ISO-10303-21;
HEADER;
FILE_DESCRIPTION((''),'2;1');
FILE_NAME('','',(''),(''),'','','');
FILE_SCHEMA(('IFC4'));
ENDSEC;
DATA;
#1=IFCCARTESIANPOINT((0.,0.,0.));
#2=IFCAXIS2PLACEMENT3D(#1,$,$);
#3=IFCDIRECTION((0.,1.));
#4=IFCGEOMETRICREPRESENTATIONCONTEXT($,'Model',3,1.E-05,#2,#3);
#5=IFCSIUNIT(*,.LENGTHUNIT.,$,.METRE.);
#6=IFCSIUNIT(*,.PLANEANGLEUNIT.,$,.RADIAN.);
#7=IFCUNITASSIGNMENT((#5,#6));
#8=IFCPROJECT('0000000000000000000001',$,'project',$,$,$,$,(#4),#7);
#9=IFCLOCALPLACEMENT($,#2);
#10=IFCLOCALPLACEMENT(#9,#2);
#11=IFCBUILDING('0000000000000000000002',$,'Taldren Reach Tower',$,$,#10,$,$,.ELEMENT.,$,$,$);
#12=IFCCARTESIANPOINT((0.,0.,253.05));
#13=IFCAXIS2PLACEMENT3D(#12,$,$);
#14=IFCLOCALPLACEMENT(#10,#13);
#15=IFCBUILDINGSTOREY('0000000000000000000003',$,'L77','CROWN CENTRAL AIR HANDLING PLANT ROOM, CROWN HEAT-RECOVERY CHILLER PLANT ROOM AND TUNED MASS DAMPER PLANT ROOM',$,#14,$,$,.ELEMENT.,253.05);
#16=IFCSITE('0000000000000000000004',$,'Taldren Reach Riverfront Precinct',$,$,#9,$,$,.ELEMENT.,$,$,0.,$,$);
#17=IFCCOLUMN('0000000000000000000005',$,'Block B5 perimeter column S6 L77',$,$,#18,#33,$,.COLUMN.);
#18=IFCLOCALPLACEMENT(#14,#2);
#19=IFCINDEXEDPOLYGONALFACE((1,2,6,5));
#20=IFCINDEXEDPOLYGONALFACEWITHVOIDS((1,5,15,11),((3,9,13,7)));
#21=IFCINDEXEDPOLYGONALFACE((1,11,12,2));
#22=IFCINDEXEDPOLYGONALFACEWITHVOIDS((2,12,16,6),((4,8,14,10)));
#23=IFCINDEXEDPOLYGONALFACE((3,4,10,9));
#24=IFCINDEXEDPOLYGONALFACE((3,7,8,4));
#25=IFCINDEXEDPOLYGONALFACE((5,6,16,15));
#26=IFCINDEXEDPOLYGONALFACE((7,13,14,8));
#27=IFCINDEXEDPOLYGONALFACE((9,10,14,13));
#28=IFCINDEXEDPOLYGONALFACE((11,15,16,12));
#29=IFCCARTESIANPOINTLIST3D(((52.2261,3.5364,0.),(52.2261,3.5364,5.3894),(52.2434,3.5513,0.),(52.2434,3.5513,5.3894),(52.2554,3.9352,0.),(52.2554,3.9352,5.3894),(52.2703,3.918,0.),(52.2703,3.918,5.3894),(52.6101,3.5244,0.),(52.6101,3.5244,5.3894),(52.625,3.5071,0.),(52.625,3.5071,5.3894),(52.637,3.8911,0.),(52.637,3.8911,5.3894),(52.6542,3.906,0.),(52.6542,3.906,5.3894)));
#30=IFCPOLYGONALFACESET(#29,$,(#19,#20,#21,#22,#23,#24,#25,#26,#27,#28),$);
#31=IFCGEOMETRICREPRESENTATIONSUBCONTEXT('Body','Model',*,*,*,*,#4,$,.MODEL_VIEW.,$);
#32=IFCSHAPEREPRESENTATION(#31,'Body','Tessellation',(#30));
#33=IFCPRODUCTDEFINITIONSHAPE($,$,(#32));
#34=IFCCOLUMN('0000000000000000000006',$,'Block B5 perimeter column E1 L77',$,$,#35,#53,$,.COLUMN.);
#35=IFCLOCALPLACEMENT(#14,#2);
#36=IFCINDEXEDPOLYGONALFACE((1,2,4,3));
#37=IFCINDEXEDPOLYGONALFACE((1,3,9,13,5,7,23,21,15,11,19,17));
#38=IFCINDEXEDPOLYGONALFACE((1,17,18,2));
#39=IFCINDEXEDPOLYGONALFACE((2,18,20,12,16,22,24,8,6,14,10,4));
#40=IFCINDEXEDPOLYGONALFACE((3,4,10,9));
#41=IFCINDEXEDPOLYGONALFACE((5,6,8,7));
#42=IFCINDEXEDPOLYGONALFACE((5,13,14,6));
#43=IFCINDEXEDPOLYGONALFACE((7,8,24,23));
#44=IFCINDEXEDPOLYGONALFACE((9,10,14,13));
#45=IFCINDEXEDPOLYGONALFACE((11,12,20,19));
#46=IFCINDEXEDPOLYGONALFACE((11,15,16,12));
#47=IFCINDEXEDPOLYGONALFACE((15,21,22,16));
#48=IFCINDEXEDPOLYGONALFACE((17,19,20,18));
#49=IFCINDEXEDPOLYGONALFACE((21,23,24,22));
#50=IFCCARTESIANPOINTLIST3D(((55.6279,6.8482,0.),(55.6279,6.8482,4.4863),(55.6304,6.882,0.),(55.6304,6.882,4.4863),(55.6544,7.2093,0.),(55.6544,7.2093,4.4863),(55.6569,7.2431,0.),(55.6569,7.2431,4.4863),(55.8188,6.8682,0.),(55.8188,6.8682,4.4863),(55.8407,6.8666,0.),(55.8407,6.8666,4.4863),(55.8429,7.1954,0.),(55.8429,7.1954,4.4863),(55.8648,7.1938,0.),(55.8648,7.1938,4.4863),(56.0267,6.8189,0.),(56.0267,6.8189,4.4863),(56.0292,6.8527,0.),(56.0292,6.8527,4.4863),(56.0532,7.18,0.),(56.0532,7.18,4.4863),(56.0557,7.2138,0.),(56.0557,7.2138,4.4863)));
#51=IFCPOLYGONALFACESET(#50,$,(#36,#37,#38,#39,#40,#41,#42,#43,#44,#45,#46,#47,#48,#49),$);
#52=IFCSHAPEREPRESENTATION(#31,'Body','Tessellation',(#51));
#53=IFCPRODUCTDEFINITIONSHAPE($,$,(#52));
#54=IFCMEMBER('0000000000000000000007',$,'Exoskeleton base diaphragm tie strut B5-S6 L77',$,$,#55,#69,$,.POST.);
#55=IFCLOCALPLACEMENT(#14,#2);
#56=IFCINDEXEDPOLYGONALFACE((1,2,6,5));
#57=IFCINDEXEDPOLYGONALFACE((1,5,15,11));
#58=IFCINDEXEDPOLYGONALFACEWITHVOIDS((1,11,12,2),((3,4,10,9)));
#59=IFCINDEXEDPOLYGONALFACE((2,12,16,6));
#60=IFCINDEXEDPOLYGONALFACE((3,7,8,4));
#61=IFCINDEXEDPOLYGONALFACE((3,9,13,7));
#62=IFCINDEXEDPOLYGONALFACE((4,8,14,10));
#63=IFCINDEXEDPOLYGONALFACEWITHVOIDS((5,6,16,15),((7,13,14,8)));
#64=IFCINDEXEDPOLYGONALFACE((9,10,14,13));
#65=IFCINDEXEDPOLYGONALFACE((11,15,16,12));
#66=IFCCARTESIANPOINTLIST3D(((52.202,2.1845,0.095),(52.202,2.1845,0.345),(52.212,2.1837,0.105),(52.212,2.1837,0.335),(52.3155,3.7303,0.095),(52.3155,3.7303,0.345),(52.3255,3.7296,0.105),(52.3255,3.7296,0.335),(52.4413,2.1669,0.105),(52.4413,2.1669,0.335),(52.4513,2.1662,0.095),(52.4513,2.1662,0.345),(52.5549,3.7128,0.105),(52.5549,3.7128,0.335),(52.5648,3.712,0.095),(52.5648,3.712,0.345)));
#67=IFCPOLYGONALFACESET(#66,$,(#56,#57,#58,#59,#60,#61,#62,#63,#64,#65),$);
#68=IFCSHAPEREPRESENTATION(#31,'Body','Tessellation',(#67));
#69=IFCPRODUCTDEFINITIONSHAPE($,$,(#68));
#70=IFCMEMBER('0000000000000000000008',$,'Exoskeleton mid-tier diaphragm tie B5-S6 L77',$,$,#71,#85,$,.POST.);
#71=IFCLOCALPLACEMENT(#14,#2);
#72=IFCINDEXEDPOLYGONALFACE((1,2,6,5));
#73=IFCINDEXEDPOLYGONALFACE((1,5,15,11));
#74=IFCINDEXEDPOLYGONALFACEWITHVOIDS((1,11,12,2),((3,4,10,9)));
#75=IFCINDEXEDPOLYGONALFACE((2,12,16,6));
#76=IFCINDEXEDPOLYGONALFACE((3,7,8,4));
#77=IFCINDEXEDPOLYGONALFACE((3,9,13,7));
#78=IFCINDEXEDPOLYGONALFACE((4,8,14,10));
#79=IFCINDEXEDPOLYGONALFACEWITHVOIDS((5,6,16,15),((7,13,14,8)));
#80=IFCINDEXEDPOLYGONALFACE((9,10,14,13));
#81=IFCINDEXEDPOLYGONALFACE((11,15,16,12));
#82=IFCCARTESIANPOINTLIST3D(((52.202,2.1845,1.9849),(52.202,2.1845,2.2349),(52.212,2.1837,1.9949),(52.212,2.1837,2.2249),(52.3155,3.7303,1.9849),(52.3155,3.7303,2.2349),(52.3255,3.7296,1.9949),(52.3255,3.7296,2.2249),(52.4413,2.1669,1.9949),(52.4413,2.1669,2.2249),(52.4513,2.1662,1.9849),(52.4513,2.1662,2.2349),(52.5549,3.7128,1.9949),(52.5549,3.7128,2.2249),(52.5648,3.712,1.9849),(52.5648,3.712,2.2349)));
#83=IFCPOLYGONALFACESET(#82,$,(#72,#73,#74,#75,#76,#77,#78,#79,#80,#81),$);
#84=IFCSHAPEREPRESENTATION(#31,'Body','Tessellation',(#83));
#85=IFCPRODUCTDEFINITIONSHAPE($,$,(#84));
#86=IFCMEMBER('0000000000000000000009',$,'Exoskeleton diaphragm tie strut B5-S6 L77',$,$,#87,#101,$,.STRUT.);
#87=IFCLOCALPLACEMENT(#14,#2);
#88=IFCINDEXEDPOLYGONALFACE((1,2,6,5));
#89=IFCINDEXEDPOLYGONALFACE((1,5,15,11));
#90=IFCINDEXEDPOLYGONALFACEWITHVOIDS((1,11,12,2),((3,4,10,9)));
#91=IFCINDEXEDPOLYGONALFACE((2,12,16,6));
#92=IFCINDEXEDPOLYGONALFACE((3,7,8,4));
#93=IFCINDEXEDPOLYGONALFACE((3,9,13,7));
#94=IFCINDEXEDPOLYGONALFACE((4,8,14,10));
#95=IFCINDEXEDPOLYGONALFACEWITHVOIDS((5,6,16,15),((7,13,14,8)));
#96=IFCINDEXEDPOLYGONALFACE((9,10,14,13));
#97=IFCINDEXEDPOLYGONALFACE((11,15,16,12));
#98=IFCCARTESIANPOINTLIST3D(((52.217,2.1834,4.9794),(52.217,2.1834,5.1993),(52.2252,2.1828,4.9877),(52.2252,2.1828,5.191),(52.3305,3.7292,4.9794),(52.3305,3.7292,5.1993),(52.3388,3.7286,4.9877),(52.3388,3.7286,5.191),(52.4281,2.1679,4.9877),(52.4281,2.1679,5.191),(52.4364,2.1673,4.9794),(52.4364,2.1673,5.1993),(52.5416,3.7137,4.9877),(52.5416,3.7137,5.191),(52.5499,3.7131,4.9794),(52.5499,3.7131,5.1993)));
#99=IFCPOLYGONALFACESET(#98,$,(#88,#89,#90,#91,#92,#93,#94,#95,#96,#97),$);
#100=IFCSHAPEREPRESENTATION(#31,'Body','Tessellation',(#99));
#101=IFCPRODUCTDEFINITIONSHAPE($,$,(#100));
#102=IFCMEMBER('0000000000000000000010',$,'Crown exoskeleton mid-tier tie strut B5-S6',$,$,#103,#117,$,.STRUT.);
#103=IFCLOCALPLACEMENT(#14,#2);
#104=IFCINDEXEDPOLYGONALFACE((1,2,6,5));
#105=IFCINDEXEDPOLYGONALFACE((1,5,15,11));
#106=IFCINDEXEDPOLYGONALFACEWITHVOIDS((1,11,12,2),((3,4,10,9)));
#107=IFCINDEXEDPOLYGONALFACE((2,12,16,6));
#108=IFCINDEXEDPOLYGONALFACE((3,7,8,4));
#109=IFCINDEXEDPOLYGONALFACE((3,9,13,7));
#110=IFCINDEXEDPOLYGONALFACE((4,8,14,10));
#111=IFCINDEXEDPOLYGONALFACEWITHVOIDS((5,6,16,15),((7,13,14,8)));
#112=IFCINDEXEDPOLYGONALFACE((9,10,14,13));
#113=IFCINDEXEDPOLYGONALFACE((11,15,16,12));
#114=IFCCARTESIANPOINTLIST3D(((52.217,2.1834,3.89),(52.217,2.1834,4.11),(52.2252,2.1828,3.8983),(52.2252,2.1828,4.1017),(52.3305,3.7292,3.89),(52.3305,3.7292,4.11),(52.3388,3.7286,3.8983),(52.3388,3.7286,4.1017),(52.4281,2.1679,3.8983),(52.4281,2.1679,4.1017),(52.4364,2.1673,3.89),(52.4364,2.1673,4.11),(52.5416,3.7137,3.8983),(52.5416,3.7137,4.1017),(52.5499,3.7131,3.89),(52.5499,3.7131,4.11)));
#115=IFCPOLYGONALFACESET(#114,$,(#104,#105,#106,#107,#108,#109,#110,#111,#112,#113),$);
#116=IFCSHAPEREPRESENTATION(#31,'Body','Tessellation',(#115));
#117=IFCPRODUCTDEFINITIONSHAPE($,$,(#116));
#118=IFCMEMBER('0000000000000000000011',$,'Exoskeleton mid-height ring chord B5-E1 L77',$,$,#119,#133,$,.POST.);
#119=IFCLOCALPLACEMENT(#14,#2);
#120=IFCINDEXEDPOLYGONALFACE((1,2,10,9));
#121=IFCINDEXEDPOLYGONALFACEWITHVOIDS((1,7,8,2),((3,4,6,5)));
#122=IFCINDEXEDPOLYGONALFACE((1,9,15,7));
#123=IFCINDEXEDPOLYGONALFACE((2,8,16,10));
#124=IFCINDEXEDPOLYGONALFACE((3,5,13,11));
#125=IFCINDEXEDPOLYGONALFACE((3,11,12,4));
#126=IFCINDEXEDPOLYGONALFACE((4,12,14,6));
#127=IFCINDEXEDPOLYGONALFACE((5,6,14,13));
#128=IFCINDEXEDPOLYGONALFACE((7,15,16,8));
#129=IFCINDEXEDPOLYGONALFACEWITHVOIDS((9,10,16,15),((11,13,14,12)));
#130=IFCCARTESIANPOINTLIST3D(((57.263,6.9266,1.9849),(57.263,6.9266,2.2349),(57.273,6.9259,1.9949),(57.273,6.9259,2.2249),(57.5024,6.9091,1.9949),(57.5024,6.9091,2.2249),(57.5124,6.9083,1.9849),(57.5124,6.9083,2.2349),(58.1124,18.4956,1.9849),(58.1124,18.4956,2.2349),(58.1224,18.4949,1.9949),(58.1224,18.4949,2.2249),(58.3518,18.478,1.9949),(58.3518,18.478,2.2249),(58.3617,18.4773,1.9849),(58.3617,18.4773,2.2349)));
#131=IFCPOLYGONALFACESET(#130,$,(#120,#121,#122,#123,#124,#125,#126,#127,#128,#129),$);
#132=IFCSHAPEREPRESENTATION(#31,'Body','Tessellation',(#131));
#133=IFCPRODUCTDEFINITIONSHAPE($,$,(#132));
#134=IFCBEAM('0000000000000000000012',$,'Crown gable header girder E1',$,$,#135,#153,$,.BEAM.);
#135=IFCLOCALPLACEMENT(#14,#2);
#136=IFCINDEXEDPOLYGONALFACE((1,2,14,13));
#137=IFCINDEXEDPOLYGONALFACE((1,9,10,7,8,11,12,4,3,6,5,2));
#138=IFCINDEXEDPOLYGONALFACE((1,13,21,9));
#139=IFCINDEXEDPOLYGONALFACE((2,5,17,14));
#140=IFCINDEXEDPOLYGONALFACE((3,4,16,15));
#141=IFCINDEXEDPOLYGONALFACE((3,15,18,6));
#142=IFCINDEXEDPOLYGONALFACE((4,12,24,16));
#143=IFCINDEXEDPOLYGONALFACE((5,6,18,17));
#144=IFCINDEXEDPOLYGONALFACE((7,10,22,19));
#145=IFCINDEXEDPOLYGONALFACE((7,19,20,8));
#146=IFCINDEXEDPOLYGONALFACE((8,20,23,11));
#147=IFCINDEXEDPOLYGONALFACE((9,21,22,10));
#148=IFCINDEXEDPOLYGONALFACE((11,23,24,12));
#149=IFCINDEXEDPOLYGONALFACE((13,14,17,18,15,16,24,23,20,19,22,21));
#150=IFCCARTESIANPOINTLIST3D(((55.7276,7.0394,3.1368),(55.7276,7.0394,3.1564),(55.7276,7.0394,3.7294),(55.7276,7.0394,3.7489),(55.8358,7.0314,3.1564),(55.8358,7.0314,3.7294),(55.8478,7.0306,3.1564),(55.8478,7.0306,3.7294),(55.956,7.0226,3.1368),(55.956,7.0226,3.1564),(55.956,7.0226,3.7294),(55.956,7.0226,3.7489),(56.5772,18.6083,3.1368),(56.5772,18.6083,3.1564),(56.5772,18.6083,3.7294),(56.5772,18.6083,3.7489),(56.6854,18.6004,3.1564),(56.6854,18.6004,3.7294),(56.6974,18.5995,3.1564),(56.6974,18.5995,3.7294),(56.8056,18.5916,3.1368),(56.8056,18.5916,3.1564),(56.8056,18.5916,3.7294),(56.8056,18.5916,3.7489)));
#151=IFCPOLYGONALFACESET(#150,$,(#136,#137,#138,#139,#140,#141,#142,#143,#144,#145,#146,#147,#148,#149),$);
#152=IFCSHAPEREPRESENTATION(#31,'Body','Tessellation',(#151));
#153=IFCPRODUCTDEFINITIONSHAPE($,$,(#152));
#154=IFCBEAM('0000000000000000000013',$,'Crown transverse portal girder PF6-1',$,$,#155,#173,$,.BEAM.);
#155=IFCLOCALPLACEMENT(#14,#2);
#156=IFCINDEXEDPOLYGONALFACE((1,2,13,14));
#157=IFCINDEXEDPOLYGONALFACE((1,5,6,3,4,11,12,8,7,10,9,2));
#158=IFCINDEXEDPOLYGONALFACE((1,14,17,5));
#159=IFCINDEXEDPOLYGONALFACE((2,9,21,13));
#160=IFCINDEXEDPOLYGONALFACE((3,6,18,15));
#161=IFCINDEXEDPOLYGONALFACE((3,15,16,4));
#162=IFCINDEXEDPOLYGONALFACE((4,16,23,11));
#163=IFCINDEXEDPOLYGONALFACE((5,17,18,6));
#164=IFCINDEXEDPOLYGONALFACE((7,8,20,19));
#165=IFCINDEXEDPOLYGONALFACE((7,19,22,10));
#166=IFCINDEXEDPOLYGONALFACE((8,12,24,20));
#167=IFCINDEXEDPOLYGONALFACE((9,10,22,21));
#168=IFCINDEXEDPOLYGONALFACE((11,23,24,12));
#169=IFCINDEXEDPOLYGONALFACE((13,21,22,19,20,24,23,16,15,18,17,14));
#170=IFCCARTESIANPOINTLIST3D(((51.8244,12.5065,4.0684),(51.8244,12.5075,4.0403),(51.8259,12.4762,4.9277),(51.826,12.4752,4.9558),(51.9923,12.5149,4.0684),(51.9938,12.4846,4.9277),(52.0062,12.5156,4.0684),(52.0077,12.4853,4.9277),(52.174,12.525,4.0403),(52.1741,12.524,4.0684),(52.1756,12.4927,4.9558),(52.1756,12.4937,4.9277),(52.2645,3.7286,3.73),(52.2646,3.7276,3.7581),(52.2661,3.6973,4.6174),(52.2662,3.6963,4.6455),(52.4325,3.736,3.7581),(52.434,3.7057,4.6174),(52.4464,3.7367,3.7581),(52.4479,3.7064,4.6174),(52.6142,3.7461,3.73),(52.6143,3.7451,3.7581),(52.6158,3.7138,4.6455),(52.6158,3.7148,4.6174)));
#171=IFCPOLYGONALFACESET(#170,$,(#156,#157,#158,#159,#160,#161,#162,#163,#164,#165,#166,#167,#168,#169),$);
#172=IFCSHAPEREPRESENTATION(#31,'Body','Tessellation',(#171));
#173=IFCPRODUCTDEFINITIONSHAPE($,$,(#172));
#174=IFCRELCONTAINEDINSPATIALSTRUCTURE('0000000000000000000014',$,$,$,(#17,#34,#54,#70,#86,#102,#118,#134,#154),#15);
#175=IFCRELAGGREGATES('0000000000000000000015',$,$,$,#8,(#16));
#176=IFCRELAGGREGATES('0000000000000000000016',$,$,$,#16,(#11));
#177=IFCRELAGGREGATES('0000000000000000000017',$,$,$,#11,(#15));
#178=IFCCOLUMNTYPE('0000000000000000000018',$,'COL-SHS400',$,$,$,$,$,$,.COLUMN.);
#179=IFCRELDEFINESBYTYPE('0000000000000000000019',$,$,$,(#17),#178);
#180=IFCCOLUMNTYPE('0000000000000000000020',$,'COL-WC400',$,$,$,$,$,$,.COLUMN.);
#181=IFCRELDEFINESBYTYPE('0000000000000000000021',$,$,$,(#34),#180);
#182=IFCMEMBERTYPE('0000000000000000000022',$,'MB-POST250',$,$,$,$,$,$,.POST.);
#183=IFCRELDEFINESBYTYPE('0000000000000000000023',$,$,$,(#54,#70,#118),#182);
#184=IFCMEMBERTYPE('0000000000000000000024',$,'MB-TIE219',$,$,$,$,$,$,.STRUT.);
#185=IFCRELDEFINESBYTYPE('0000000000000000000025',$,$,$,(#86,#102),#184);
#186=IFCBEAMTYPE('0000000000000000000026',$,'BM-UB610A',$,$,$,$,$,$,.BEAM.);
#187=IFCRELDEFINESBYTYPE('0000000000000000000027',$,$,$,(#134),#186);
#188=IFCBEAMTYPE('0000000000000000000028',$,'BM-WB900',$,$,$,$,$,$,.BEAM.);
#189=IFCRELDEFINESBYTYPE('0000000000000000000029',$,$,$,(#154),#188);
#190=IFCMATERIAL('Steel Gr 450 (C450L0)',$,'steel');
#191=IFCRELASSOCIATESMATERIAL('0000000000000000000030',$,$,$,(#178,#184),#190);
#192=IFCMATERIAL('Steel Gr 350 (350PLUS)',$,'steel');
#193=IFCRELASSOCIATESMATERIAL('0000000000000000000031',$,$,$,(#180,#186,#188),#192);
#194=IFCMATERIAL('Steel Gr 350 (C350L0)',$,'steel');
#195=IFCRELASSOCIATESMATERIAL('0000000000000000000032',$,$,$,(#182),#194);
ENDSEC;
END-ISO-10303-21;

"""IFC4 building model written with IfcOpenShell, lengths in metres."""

from ifc_helpers import new_model, si_unit, direction, frame, origin, origin_2d, place, context, subcontext, project, spatial, hollow_rectangle, i_section, extrude, source, transform, mapped, material, material_profile, profile_set, type_object, element, save


model = new_model("IFC4")

# Units and contexts
model_context = context("Model", 3, precision=1e-05, world=origin(), true_north=direction((0.0, 1.0)))
body_context = subcontext(model_context, "Body", "Model", "MODEL_VIEW")
ifc_project = project(units=[si_unit("LENGTHUNIT", "METRE"), si_unit("PLANEANGLEUNIT", "RADIAN")], contexts=[model_context])

# Site, building, storey
site_placement = place(None, origin())
site = spatial("IfcSite", under=ifc_project, at=site_placement, Name="Taldren Reach Riverfront Precinct", CompositionType="ELEMENT", RefElevation=0.0)
building_placement = place(site_placement, origin())
building = spatial("IfcBuilding", under=site, at=building_placement, Name="Taldren Reach Tower", CompositionType="ELEMENT")
storey_placement = place(building_placement, frame((0.0, 0.0, 253.05)))
storey = spatial("IfcBuildingStorey", under=building, at=storey_placement, Name="L77", Description="CROWN CENTRAL AIR HANDLING PLANT ROOM, CROWN HEAT-RECOVERY CHILLER PLANT ROOM AND TUNED MASS DAMPER PLANT ROOM", CompositionType="ELEMENT", Elevation=253.05)

# Columns
ifc_material_1 = material(Name="Steel Gr 450 (C450L0)", Category="steel")
ifc_material_profile_1 = material_profile(ifc_material_1, hollow_rectangle(XDim=0.3999, YDim=0.3999, WallThickness=0.0161, at=origin_2d()), Name="400x400x16.0SHS")
ifc_profile_set_1 = profile_set([ifc_material_profile_1], Name="Steel Gr 450 (C450L0)")
column_type_1 = type_object("IfcColumnType", Name="COL-SHS400", PredefinedType="COLUMN", material=ifc_profile_set_1)
shared_shape_1 = source(origin(), body_context, "Body", "SweptSolid", [
    extrude(hollow_rectangle(XDim=0.3999, YDim=0.3999, WallThickness=0.0161, at=origin_2d()), origin(), (0.0, 0.0, 1.0), 5.3894),
])
column_1_placement = place(storey_placement, frame((52.4402, 3.7212, 0.0), z_axis=(0.0, 0.0, 1.0), x_axis=(0.997314, -0.073238, 0.0)))
element("IfcColumn", 1, at=column_1_placement, inside=storey, type_object=column_type_1, Name="Block B5 perimeter column S6 L77", PredefinedType="COLUMN", context=body_context, shape_type="MappedRepresentation", body=[
    mapped(shared_shape_1, transform((0.0, 0.0, 0.0), scale=1.0)),
])
ifc_material_2 = material(Name="Steel Gr 350 (350PLUS)", Category="steel")
ifc_material_profile_2 = material_profile(ifc_material_2, i_section(OverallWidth=0.3999, OverallDepth=0.396, WebThickness=0.022, FlangeThickness=0.0339, at=origin_2d()), Name="400WC270")
ifc_profile_set_2 = profile_set([ifc_material_profile_2], Name="Steel Gr 350 (350PLUS)")
column_type_2 = type_object("IfcColumnType", Name="COL-WC400", PredefinedType="COLUMN", material=ifc_profile_set_2)
shared_shape_2 = source(origin(), body_context, "Body", "SweptSolid", [
    extrude(i_section(OverallWidth=0.3999, OverallDepth=0.396, WebThickness=0.022, FlangeThickness=0.0339, at=origin_2d()), origin(), (0.0, 0.0, 1.0), 4.4863),
])
column_2_placement = place(storey_placement, frame((55.8418, 7.031, 0.0), z_axis=(0.0, 0.0, 1.0), x_axis=(0.997314, -0.073238, 0.0)))
element("IfcColumn", 2, at=column_2_placement, inside=storey, type_object=column_type_2, Name="Block B5 perimeter column E1 L77", PredefinedType="COLUMN", context=body_context, shape_type="MappedRepresentation", body=[
    mapped(shared_shape_2, transform((0.0, 0.0, 0.0), scale=1.0)),
])

# Members
ifc_material_3 = material(Name="Steel Gr 350 (C350L0)", Category="steel")
ifc_material_profile_3 = material_profile(ifc_material_3, hollow_rectangle(XDim=0.25, YDim=0.25, WallThickness=0.01, at=origin_2d()), Name="250x250x10.0SHS")
ifc_profile_set_3 = profile_set([ifc_material_profile_3], Name="Steel Gr 350 (C350L0)")
member_type_1 = type_object("IfcMemberType", Name="MB-POST250", PredefinedType="POST", material=ifc_profile_set_3)
shared_shape_3 = source(origin(), body_context, "Body", "SweptSolid", [
    extrude(hollow_rectangle(XDim=0.25, YDim=0.25, WallThickness=0.01, at=origin_2d()), origin(), (0.0, 0.0, 1.0), 1.55),
])
for number, where, z_axis, x_axis, name in (
    (3, (52.4402, 3.7212, 0.22), (-0.073239, -0.997314, 0.0), (0.997314, -0.073239, 0.0), "Exoskeleton base diaphragm tie strut B5-S6 L77"),
    (4, (52.4402, 3.7212, 2.1099), (-0.073239, -0.997314, 0.0), (0.997314, -0.073239, 0.0), "Exoskeleton mid-tier diaphragm tie B5-S6 L77"),
):
    element("IfcMember", number, at=place(storey_placement, frame(where, z_axis=z_axis, x_axis=x_axis)), inside=storey, type_object=member_type_1, Name=name, PredefinedType="POST", context=body_context, shape_type="MappedRepresentation", body=[
        mapped(shared_shape_3, transform((0.0, 0.0, 0.0), scale=1.0)),
    ])
ifc_material_profile_4 = material_profile(ifc_material_1, hollow_rectangle(XDim=0.22, YDim=0.22, WallThickness=0.0083, at=origin_2d()), Name="220x220x8.2SHS")
ifc_profile_set_4 = profile_set([ifc_material_profile_4], Name="Steel Gr 450 (C450L0)")
member_type_2 = type_object("IfcMemberType", Name="MB-TIE219", PredefinedType="STRUT", material=ifc_profile_set_4)
shared_shape_4 = source(origin(), body_context, "Body", "SweptSolid", [
    extrude(hollow_rectangle(XDim=0.22, YDim=0.22, WallThickness=0.0083, at=origin_2d()), origin(), (0.0, 0.0, 1.0), 1.55),
])
for number, where, z_axis, x_axis, name in (
    (5, (52.4402, 3.7212, 5.0894), (-0.073239, -0.997314, 0.0), (0.997314, -0.073239, 0.0), "Exoskeleton diaphragm tie strut B5-S6 L77"),
    (6, (52.4402, 3.7212, 4.0), (-0.073239, -0.997314, 0.0), (0.997314, -0.073239, 0.0), "Crown exoskeleton mid-tier tie strut B5-S6"),
):
    element("IfcMember", number, at=place(storey_placement, frame(where, z_axis=z_axis, x_axis=x_axis)), inside=storey, type_object=member_type_2, Name=name, PredefinedType="STRUT", context=body_context, shape_type="MappedRepresentation", body=[
        mapped(shared_shape_4, transform((0.0, 0.0, 0.0), scale=1.0)),
    ])
shared_shape_5 = source(origin(), body_context, "Body", "SweptSolid", [
    extrude(hollow_rectangle(XDim=0.25, YDim=0.25, WallThickness=0.01, at=origin_2d()), origin(), (0.0, 0.0, 1.0), 11.6001),
])
member_1_placement = place(storey_placement, frame((57.3877, 6.9175, 2.1099), z_axis=(0.073221, 0.997316, 0.0), x_axis=(-0.997316, 0.073221, 0.0)))
element("IfcMember", 7, at=member_1_placement, inside=storey, type_object=member_type_1, Name="Exoskeleton mid-height ring chord B5-E1 L77", PredefinedType="POST", context=body_context, shape_type="MappedRepresentation", body=[
    mapped(shared_shape_5, transform((0.0, 0.0, 0.0), scale=1.0)),
])

# Beams
ifc_material_profile_5 = material_profile(ifc_material_2, i_section(OverallWidth=0.229, OverallDepth=0.6121, WebThickness=0.012, FlangeThickness=0.0195, at=origin_2d()), Name="610UB125")
ifc_profile_set_5 = profile_set([ifc_material_profile_5], Name="Steel Gr 350 (350PLUS)")
beam_type_1 = type_object("IfcBeamType", Name="BM-UB610A", PredefinedType="BEAM", material=ifc_profile_set_5)
shared_shape_6 = source(origin(), body_context, "Body", "SweptSolid", [
    extrude(i_section(OverallWidth=0.229, OverallDepth=0.6121, WebThickness=0.012, FlangeThickness=0.0195, at=origin_2d()), origin(), (0.0, 0.0, 1.0), 11.6001),
])
beam_1_placement = place(storey_placement, frame((55.8418, 7.031, 3.4429), z_axis=(0.073242, 0.997314, 0.0), x_axis=(-0.997314, 0.073242, 0.0)))
element("IfcBeam", 8, at=beam_1_placement, inside=storey, type_object=beam_type_1, Name="Crown gable header girder E1", PredefinedType="BEAM", context=body_context, shape_type="MappedRepresentation", body=[
    mapped(shared_shape_6, transform((0.0, 0.0, 0.0), scale=1.0)),
])
ifc_material_profile_6 = material_profile(ifc_material_2, i_section(OverallWidth=0.3501, OverallDepth=0.916, WebThickness=0.0139, FlangeThickness=0.0281, at=origin_2d()), Name="900WB257")
ifc_profile_set_6 = profile_set([ifc_material_profile_6], Name="Steel Gr 350 (350PLUS)")
beam_type_2 = type_object("IfcBeamType", Name="BM-WB900", PredefinedType="BEAM", material=ifc_profile_set_6)
shared_shape_7 = source(origin(), body_context, "Body", "SweptSolid", [
    extrude(i_section(OverallWidth=0.3501, OverallDepth=0.916, WebThickness=0.0139, FlangeThickness=0.0281, at=origin_2d()), origin(), (0.0, 0.0, 1.0), 8.7954),
])
beam_2_placement = place(storey_placement, frame((52.4402, 3.7212, 4.1877), z_axis=(-0.050048, 0.998123, 0.03528), x_axis=(-0.998745, -0.050079, 0.0)))
element("IfcBeam", 9, at=beam_2_placement, inside=storey, type_object=beam_type_2, Name="Crown transverse portal girder PF6-1", PredefinedType="BEAM", context=body_context, shape_type="MappedRepresentation", body=[
    mapped(shared_shape_7, transform((0.0, 0.0, 0.0), scale=1.0)),
])

save(model, "model.ifc")
